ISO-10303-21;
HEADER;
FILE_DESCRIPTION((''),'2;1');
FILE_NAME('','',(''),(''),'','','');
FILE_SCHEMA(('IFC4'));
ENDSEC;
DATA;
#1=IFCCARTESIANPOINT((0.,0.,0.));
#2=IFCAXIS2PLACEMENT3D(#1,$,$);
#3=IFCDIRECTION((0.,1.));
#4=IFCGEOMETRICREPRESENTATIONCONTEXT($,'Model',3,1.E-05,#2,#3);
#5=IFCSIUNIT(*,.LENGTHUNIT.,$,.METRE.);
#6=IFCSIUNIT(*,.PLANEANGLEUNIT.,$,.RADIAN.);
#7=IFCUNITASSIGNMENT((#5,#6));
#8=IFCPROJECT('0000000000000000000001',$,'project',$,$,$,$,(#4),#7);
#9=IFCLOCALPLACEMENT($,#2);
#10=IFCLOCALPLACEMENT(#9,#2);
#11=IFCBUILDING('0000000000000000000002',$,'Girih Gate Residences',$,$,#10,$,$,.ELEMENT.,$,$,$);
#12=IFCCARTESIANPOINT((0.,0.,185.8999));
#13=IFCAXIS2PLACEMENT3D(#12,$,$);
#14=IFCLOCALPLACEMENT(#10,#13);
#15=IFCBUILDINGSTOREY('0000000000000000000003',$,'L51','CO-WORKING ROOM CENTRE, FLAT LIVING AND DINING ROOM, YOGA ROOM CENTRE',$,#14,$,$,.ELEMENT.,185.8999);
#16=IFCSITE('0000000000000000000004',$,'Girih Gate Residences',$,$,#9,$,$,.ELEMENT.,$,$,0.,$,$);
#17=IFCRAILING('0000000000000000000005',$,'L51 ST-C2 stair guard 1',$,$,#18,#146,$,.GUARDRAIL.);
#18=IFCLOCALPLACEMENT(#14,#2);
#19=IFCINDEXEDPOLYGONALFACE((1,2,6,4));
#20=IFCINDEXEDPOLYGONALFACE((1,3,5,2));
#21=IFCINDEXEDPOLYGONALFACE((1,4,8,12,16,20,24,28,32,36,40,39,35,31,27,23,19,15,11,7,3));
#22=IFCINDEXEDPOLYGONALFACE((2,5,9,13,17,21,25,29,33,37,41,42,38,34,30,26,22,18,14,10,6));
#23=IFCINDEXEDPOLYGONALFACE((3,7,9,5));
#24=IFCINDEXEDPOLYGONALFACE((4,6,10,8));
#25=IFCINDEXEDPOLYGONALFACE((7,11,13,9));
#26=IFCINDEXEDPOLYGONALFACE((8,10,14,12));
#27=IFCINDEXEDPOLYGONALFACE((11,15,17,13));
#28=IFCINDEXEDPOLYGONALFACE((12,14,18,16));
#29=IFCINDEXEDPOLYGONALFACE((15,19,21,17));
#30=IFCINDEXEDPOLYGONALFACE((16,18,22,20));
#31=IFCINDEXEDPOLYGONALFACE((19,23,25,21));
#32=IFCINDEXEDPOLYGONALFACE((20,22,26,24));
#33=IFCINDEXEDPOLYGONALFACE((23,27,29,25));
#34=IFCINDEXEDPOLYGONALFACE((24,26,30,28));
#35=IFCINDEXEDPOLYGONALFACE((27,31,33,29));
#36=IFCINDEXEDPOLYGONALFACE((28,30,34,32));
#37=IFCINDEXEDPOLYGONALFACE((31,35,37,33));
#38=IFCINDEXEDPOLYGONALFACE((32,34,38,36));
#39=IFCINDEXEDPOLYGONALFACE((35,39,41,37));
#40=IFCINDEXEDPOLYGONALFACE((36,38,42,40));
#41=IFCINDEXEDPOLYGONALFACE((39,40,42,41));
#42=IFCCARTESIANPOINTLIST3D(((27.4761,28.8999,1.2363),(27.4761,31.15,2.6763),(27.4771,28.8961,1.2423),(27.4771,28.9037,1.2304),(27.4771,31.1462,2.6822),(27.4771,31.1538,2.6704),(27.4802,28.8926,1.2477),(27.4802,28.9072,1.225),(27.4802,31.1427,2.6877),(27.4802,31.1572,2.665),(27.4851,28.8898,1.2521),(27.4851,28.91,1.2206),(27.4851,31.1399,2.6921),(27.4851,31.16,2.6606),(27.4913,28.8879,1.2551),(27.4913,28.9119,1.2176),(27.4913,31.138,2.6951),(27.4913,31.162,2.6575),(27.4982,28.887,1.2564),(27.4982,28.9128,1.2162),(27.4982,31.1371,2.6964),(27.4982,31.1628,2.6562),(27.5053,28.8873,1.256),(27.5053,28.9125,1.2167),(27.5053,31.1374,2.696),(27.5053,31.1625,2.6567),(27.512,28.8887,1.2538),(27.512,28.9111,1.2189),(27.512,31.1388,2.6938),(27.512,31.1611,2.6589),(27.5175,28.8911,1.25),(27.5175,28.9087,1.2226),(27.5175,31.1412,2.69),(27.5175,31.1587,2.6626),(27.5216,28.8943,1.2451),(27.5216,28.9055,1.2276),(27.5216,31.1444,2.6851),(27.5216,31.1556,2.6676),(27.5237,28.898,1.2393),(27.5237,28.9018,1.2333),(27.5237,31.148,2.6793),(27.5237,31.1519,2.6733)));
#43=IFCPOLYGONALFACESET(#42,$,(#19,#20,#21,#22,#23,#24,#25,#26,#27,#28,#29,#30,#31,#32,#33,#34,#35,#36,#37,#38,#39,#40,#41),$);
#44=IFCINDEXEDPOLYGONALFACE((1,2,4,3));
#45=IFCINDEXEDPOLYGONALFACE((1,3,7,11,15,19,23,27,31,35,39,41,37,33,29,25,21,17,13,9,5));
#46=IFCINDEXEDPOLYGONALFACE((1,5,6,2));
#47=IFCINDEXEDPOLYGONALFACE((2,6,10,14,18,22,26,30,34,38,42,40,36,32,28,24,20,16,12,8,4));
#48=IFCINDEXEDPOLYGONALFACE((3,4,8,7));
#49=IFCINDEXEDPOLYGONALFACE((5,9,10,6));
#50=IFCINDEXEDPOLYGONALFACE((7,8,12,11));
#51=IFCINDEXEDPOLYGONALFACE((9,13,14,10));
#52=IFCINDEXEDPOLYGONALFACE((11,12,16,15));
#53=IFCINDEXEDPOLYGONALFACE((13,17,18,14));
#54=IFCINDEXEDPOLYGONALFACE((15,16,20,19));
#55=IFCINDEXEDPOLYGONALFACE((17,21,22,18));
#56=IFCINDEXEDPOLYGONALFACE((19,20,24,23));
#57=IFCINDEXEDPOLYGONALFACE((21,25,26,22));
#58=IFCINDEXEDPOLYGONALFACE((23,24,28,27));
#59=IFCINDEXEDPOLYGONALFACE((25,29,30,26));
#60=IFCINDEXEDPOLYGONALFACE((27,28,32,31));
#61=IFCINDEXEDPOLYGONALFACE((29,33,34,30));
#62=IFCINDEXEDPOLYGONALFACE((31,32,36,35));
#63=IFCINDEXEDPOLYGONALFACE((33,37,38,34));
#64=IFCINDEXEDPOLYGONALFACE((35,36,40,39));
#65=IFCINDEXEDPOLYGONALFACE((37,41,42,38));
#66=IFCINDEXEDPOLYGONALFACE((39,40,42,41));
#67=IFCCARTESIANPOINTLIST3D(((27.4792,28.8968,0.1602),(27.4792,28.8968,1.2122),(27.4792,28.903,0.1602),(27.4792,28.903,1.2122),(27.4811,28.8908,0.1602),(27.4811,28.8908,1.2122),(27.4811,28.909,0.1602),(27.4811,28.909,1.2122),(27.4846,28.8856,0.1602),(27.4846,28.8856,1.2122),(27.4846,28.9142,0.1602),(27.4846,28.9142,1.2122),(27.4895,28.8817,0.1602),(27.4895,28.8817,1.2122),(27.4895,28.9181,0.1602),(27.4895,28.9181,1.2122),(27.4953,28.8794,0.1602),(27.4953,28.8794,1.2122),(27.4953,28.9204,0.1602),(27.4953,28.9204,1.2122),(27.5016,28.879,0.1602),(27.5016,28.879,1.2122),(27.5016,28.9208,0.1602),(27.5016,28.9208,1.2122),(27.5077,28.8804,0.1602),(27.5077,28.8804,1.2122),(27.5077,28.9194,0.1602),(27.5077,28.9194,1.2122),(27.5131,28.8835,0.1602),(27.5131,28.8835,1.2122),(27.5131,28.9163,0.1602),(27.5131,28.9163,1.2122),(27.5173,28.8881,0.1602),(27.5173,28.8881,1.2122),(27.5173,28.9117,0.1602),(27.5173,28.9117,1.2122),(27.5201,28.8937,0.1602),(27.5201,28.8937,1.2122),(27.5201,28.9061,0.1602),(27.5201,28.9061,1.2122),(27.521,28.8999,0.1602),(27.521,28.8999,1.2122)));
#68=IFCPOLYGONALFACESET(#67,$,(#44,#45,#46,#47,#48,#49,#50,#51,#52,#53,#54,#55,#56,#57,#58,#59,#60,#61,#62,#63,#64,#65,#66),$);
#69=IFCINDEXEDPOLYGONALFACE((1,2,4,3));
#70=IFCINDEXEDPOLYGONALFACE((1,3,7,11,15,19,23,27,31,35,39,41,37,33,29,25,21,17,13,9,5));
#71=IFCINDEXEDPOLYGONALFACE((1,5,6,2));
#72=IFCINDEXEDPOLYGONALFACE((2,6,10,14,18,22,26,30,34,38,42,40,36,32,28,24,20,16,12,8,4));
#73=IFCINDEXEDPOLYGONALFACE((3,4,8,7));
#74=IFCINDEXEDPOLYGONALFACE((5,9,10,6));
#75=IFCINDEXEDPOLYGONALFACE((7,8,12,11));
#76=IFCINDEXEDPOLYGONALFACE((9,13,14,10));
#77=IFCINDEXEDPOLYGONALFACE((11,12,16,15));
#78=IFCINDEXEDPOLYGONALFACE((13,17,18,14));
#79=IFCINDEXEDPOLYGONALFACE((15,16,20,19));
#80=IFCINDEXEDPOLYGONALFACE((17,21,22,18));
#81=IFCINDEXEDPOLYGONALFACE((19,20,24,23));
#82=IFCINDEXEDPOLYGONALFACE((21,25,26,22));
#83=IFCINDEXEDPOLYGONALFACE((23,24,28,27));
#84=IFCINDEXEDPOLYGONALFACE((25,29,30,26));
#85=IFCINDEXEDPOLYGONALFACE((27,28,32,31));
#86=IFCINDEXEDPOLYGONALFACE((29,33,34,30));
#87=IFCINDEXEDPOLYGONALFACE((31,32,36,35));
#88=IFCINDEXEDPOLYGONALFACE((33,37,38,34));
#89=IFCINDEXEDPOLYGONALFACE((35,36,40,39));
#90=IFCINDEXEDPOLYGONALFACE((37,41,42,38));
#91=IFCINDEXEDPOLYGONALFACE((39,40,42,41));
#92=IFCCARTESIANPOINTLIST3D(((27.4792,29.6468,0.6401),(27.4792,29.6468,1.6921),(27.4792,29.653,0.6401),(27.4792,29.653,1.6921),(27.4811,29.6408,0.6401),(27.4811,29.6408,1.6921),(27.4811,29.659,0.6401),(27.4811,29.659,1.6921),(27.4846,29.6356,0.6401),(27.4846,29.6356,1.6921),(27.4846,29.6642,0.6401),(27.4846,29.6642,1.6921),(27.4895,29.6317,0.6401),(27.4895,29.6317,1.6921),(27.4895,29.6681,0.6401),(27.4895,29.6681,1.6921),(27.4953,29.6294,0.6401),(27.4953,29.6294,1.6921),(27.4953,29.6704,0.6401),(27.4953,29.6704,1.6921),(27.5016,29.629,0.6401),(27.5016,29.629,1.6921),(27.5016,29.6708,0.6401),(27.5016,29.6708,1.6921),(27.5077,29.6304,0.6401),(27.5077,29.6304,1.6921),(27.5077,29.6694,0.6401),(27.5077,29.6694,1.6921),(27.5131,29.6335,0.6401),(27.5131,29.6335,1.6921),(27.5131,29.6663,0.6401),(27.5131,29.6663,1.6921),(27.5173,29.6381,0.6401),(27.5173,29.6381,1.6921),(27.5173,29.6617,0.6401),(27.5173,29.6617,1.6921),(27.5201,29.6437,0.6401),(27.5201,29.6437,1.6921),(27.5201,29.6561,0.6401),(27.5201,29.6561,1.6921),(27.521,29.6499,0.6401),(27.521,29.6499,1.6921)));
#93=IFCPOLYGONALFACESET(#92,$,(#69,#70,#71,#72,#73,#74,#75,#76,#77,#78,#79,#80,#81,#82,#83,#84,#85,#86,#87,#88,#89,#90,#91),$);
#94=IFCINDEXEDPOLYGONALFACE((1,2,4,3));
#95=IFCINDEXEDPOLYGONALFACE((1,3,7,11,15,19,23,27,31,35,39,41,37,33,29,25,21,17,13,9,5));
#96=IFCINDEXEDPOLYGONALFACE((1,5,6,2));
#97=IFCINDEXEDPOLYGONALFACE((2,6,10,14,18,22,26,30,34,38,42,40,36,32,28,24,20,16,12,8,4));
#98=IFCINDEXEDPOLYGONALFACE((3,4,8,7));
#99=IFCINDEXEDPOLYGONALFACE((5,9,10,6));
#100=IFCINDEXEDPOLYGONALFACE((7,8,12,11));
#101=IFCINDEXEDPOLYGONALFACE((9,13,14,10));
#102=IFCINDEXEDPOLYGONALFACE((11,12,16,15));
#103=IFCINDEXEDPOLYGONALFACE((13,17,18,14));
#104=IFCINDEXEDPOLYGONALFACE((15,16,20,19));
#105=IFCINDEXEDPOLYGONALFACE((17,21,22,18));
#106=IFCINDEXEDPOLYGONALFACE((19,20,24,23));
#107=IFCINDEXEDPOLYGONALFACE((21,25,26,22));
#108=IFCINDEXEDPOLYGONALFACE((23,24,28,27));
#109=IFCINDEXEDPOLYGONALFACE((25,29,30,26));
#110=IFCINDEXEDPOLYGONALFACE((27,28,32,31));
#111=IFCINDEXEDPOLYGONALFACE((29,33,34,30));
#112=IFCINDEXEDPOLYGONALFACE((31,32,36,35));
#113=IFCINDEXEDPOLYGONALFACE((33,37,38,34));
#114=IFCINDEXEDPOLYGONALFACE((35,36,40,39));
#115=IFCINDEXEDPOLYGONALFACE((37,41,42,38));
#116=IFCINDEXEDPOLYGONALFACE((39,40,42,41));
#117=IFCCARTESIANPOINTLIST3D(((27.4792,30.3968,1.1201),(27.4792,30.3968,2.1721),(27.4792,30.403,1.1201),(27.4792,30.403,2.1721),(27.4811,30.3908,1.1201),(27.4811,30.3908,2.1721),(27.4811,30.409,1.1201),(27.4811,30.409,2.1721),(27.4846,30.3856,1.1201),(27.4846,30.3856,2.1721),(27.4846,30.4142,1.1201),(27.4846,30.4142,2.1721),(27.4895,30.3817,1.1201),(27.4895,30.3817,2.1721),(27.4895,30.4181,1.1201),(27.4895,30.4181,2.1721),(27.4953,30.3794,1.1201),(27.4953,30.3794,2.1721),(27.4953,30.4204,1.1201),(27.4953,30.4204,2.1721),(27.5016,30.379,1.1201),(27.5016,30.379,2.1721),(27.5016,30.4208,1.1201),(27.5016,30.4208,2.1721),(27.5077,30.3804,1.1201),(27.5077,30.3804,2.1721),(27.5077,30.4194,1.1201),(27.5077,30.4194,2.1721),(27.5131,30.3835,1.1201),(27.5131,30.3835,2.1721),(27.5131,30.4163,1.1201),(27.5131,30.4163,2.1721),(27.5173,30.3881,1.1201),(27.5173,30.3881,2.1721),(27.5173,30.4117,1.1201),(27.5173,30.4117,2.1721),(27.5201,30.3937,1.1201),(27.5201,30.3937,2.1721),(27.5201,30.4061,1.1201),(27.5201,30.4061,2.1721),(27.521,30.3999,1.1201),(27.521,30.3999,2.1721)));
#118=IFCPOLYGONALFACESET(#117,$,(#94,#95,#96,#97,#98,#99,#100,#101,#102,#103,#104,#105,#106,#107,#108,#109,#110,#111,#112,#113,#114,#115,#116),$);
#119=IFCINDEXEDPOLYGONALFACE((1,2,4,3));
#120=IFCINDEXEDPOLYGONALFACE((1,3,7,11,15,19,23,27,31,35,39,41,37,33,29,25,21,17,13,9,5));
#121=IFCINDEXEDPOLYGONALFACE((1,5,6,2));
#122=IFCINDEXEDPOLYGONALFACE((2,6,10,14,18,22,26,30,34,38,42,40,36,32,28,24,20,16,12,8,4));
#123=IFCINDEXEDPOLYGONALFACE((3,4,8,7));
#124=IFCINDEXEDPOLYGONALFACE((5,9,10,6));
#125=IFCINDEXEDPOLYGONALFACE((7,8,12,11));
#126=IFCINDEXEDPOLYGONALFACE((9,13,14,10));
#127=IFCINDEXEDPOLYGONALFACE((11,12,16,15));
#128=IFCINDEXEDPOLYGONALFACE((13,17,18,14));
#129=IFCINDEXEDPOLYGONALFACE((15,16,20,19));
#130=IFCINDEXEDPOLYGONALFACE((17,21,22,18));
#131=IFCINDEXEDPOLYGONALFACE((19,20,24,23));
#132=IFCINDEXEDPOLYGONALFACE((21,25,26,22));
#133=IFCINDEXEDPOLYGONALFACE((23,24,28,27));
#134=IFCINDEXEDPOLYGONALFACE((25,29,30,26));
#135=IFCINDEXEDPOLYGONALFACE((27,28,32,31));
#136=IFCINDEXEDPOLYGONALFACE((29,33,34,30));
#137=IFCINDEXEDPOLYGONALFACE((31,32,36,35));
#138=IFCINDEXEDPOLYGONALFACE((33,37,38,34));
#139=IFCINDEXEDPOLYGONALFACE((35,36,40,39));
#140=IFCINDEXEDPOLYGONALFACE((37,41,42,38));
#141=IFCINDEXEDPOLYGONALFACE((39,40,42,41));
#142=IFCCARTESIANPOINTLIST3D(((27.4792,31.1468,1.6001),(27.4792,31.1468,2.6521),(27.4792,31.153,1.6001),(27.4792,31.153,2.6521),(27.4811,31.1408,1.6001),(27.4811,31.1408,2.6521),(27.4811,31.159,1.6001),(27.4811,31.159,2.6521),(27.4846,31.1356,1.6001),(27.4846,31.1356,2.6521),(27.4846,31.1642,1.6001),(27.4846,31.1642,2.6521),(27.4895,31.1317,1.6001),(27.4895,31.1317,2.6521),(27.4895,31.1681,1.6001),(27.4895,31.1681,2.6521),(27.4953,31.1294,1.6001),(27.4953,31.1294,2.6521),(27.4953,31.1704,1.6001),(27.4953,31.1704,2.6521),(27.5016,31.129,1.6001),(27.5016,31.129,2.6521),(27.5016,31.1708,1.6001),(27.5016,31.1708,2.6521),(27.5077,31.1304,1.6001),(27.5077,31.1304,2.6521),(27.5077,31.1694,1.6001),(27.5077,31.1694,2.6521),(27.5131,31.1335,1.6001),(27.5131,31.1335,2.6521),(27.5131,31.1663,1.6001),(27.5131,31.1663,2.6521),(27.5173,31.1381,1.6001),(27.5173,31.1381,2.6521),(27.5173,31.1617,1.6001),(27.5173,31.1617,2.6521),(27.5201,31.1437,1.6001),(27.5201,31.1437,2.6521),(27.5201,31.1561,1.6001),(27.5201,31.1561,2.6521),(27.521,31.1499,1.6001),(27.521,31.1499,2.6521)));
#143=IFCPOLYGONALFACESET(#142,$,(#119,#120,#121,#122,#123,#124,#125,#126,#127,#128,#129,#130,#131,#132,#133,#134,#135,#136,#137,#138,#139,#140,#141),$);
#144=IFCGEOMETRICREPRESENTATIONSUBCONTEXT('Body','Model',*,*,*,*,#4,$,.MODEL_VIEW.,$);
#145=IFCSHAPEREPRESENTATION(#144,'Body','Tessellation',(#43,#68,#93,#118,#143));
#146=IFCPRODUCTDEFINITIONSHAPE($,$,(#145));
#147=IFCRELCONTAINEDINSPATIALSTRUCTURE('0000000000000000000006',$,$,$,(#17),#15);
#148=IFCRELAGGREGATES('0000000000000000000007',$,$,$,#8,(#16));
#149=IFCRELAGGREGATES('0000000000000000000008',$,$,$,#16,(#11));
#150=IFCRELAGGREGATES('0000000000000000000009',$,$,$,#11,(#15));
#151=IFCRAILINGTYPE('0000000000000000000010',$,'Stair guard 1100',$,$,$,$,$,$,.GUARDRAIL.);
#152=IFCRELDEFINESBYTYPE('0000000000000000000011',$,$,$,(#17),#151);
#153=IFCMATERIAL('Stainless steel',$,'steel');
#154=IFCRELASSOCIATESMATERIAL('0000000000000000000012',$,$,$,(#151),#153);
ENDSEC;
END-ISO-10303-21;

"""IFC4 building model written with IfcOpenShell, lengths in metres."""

from ifc_helpers import new_model, si_unit, direction, frame, origin, origin_2d, place, context, subcontext, project, spatial, circle, extrude, material, type_object, element, save


model = new_model("IFC4")

# Units and contexts
model_context = context("Model", 3, precision=1e-05, world=origin(), true_north=direction((0.0, 1.0)))
body_context = subcontext(model_context, "Body", "Model", "MODEL_VIEW")
ifc_project = project(units=[si_unit("LENGTHUNIT", "METRE"), si_unit("PLANEANGLEUNIT", "RADIAN")], contexts=[model_context])

# Site, building, storey
site_placement = place(None, origin())
site = spatial("IfcSite", under=ifc_project, at=site_placement, Name="Girih Gate Residences", CompositionType="ELEMENT", RefElevation=0.0)
building_placement = place(site_placement, origin())
building = spatial("IfcBuilding", under=site, at=building_placement, Name="Girih Gate Residences", CompositionType="ELEMENT")
storey_placement = place(building_placement, frame((0.0, 0.0, 185.8999)))
storey = spatial("IfcBuildingStorey", under=building, at=storey_placement, Name="L51", Description="CO-WORKING ROOM CENTRE, FLAT LIVING AND DINING ROOM, YOGA ROOM CENTRE", CompositionType="ELEMENT", Elevation=185.8999)

# Railing
ifc_material_1 = material(Name="Stainless steel", Category="steel")
railing_type_1 = type_object("IfcRailingType", Name="Stair guard 1100", PredefinedType="GUARDRAIL", material=ifc_material_1)
railing_1_placement = place(storey_placement, frame((27.5, 28.8999, 0.1602)))
element("IfcRailing", 1, at=railing_1_placement, inside=storey, type_object=railing_type_1, Name="L51 ST-C2 stair guard 1", PredefinedType="GUARDRAIL", context=body_context, shape_type="SweptSolid", body=[
    extrude(circle(Radius=0.0239, at=origin_2d()), frame((0.0, 0.0, 1.0762), z_axis=(0.0, 0.842281, 0.539038), x_axis=(-1.0, 0.0, 0.0)), (0.0, 0.0, 1.0), 2.6714),
    extrude(circle(Radius=0.021, at=origin_2d()), origin(), (0.0, 0.0, 1.0), 1.052),
    extrude(circle(Radius=0.021, at=origin_2d()), frame((0.0, 0.75, 0.48)), (0.0, 0.0, 1.0), 1.052),
    extrude(circle(Radius=0.021, at=origin_2d()), frame((0.0, 1.5, 0.96)), (0.0, 0.0, 1.0), 1.052),
    extrude(circle(Radius=0.021, at=origin_2d()), frame((0.0, 2.25, 1.4399)), (0.0, 0.0, 1.0), 1.052),
])

save(model, "model.ifc")
